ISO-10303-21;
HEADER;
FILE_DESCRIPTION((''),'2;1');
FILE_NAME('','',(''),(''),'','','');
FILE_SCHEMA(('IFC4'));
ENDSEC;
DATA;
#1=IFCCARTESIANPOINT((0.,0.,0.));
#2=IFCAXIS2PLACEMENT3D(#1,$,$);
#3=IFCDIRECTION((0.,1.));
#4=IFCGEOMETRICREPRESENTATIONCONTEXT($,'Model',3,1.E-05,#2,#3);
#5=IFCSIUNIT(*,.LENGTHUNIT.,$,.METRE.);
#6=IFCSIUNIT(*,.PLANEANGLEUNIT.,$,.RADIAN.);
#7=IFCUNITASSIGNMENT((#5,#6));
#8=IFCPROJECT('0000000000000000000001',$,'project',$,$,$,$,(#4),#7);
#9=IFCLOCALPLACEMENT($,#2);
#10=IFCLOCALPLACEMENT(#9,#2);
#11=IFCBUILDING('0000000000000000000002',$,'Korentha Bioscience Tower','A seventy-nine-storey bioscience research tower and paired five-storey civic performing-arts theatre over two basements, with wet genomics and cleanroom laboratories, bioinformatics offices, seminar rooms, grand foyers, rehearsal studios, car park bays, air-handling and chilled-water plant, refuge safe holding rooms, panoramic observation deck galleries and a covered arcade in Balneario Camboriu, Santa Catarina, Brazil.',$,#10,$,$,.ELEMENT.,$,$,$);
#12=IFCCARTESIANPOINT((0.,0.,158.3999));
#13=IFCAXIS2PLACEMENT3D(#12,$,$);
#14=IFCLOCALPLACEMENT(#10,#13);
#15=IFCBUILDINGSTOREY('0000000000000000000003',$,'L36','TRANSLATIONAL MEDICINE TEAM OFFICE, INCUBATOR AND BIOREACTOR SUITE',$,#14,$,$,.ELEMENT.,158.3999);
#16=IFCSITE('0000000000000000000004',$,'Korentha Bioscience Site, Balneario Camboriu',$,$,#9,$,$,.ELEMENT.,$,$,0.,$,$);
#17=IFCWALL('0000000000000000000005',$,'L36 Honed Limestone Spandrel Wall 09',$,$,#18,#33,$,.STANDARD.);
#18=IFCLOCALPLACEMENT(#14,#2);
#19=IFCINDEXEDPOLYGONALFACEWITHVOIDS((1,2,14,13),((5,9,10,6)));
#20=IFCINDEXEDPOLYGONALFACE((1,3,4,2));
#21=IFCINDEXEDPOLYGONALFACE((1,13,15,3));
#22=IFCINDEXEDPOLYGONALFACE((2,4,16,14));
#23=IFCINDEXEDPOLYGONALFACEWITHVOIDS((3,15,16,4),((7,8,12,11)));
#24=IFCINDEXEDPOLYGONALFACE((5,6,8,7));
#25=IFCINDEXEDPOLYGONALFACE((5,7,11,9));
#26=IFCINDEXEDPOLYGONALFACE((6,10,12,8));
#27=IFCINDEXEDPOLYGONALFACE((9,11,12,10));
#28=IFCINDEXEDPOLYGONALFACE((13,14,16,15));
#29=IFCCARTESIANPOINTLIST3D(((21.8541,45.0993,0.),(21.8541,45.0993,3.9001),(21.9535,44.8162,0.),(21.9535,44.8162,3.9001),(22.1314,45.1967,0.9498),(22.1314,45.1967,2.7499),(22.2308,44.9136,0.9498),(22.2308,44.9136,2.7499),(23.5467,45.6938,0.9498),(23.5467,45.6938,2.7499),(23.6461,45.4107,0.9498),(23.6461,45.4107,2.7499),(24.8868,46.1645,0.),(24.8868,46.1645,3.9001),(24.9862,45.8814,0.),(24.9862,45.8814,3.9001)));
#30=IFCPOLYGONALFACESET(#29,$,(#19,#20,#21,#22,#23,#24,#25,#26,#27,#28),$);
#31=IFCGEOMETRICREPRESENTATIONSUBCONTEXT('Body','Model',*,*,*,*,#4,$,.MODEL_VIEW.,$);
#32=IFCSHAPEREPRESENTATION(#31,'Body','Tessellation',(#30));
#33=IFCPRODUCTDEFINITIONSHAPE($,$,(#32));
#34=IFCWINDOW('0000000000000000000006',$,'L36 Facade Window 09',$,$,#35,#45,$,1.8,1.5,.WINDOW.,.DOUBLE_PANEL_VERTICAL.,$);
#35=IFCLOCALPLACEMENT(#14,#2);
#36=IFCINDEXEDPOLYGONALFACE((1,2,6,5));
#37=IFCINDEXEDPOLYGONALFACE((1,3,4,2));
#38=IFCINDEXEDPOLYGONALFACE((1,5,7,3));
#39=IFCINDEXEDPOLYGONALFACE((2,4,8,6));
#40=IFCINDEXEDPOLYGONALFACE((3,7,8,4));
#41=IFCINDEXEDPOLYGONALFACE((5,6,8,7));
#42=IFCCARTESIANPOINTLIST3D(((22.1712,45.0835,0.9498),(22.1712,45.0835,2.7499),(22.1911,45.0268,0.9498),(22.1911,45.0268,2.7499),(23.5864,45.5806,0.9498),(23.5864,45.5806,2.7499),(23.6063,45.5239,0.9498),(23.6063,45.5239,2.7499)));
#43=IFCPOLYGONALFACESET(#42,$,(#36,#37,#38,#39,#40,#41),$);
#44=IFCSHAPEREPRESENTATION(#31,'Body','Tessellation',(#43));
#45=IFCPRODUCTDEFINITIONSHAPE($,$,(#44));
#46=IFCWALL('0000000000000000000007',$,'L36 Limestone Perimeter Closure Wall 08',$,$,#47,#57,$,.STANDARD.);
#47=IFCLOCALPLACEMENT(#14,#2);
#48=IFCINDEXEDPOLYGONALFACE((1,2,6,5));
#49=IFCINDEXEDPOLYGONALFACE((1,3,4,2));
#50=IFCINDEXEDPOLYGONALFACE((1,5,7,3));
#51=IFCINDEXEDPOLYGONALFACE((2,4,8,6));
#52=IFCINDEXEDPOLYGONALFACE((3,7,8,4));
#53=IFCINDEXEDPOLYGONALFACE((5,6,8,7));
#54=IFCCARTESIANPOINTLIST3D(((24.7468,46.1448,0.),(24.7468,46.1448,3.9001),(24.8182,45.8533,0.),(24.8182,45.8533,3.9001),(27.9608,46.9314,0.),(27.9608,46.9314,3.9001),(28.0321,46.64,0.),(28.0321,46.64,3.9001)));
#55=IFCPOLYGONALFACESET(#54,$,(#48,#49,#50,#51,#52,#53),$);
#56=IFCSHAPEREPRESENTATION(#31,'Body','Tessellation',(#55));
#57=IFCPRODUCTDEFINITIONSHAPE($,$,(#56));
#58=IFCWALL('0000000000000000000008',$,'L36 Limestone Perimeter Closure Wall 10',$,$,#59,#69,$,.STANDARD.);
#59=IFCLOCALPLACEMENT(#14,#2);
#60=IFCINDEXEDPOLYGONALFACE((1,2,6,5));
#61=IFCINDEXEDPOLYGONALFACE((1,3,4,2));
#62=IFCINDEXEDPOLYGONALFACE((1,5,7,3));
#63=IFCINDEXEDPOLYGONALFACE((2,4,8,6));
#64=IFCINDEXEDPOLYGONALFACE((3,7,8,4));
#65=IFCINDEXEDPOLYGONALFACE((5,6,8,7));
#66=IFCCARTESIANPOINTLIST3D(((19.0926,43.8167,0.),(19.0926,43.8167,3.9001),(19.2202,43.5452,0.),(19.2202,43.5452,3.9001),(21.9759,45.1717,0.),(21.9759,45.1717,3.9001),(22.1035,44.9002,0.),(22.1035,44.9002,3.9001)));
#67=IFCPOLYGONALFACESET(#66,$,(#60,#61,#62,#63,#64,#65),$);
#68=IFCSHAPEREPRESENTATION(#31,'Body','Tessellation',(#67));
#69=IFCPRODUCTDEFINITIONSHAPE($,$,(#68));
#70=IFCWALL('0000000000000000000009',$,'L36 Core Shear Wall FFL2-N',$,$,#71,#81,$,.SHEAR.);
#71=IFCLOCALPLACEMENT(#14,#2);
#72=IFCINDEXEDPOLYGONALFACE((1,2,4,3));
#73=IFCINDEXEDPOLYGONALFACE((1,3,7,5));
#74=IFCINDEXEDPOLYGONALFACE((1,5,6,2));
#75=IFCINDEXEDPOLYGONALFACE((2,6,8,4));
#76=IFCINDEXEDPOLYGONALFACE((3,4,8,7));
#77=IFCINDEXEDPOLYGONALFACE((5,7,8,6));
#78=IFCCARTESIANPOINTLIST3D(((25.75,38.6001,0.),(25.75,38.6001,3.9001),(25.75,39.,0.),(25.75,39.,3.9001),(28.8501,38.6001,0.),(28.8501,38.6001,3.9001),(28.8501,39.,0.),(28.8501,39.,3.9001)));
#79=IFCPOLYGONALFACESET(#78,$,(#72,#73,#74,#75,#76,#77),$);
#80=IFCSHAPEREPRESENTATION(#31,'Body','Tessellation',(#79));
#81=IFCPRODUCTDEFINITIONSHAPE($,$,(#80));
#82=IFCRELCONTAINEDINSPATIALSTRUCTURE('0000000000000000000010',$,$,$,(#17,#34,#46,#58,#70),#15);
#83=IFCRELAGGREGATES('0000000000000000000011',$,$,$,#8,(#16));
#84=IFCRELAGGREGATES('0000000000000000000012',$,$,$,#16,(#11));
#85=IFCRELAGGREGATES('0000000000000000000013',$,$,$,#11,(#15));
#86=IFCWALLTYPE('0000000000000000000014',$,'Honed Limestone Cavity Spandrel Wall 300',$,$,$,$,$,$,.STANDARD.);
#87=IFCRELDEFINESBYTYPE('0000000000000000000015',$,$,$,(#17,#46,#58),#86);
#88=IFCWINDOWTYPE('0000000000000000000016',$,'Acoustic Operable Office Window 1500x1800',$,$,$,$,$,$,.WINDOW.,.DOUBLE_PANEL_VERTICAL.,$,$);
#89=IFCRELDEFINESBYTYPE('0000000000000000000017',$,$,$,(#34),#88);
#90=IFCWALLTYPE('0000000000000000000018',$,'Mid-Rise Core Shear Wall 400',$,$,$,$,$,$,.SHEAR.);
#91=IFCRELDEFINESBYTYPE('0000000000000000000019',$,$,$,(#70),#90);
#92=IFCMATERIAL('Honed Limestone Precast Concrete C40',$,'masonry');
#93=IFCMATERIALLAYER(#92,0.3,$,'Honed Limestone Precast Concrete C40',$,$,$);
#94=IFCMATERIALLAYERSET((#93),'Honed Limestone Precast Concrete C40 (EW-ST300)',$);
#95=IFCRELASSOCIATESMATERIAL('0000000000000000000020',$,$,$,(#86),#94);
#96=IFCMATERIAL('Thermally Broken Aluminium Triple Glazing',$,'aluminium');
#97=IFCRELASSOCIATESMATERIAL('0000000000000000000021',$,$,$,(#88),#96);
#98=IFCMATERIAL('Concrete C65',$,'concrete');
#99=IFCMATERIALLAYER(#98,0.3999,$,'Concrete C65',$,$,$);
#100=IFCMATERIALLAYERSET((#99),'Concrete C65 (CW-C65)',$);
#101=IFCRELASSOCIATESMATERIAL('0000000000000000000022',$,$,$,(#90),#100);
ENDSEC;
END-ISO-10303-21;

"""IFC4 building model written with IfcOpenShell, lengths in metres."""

from ifc_helpers import new_model, si_unit, direction, frame, frame_2d, origin, place, context, subcontext, project, spatial, rectangle, extrude, material, layer, layer_set, type_object, element, fill, save


model = new_model("IFC4")

# Units and contexts
model_context = context("Model", 3, precision=1e-05, world=origin(), true_north=direction((0.0, 1.0)))
body_context = subcontext(model_context, "Body", "Model", "MODEL_VIEW")
ifc_project = project(units=[si_unit("LENGTHUNIT", "METRE"), si_unit("PLANEANGLEUNIT", "RADIAN")], contexts=[model_context])

# Site, building, storey
site_placement = place(None, origin())
site = spatial("IfcSite", under=ifc_project, at=site_placement, Name="Korentha Bioscience Site, Balneario Camboriu", CompositionType="ELEMENT", RefElevation=0.0)
building_placement = place(site_placement, origin())
building = spatial("IfcBuilding", under=site, at=building_placement, Name="Korentha Bioscience Tower", Description="A seventy-nine-storey bioscience research tower and paired five-storey civic performing-arts theatre over two basements, with wet genomics and cleanroom laboratories, bioinformatics offices, seminar rooms, grand foyers, rehearsal studios, car park bays, air-handling and chilled-water plant, refuge safe holding rooms, panoramic observation deck galleries and a covered arcade in Balneario Camboriu, Santa Catarina, Brazil.", CompositionType="ELEMENT")
storey_placement = place(building_placement, frame((0.0, 0.0, 158.3999)))
storey = spatial("IfcBuildingStorey", under=building, at=storey_placement, Name="L36", Description="TRANSLATIONAL MEDICINE TEAM OFFICE, INCUBATOR AND BIOREACTOR SUITE", CompositionType="ELEMENT", Elevation=158.3999)

# Shared definitions
ifc_material_1 = material(Name="Concrete C65", Category="concrete")

# Wall, opening, window
ifc_material_2 = material(Name="Honed Limestone Precast Concrete C40", Category="masonry")
ifc_layer_1 = layer(ifc_material_2, 0.3, Name="Honed Limestone Precast Concrete C40")
ifc_layer_set_1 = layer_set([ifc_layer_1], Name="Honed Limestone Precast Concrete C40 (EW-ST300)")
wall_type_1 = type_object("IfcWallType", Name="Honed Limestone Cavity Spandrel Wall 300", PredefinedType="STANDARD", material=ifc_layer_set_1)
wall_1_placement = place(storey_placement, frame((24.9365, 46.0229, 0.0), z_axis=(0.0, 0.0, 1.0), x_axis=(-0.943495, -0.331385, 0.0)))
wall_1 = element("IfcWall", 1, at=wall_1_placement, inside=storey, type_object=wall_type_1, Name="L36 Honed Limestone Spandrel Wall 09", PredefinedType="STANDARD", context=body_context, shape_type="SweptSolid", body=[
    extrude(rectangle(XDim=3.2144, YDim=0.3, at=frame_2d((1.6072, 0.0))), origin(), (0.0, 0.0, 1.0), 3.9001),
])
opening_1_placement = place(wall_1_placement, frame((1.4204, 0.0, 0.95)))
opening_1 = element("IfcOpeningElement", 2, at=opening_1_placement, cuts=wall_1, PredefinedType="OPENING", context=body_context, shape_type="SweptSolid", body=[
    extrude(rectangle(XDim=1.5, YDim=1.8, at=frame_2d((0.75, 0.8999))), frame((0.0, 0.165, 0.0), z_axis=(0.0, -1.0, 0.0), x_axis=(1.0, 0.0, 0.0)), (0.0, 0.0, 1.0), 0.3298),
])
ifc_material_3 = material(Name="Thermally Broken Aluminium Triple Glazing", Category="aluminium")
window_type = type_object("IfcWindowType", Name="Acoustic Operable Office Window 1500x1800", PartitioningType="DOUBLE_PANEL_VERTICAL", PredefinedType="WINDOW", material=ifc_material_3)
window_placement = place(opening_1_placement, origin())
window = element("IfcWindow", 3, at=window_placement, inside=storey, type_object=window_type, Name="L36 Facade Window 09", OverallHeight=1.8, OverallWidth=1.5, PartitioningType="DOUBLE_PANEL_VERTICAL", PredefinedType="WINDOW", context=body_context, shape_type="SweptSolid", body=[
    extrude(rectangle(XDim=1.5, YDim=1.8, at=frame_2d((0.75, 0.8999))), frame((0.0, 0.03, 0.0), z_axis=(0.0, -1.0, 0.0), x_axis=(1.0, 0.0, 0.0)), (0.0, 0.0, 1.0), 0.0601),
])
fill(opening_1, window)

# Walls
wall_2_placement = place(storey_placement, frame((27.9963, 46.7856, 0.0), z_axis=(0.0, 0.0, 1.0), x_axis=(-0.971329, -0.237741, 0.0)))
element("IfcWall", 4, at=wall_2_placement, inside=storey, type_object=wall_type_1, Name="L36 Limestone Perimeter Closure Wall 08", PredefinedType="STANDARD", context=body_context, shape_type="SweptSolid", body=[
    extrude(rectangle(XDim=3.3088, YDim=0.3, at=frame_2d((1.6543, 0.0))), origin(), (0.0, 0.0, 1.0), 3.9001),
])
wall_3_placement = place(storey_placement, frame((22.0396, 45.0359, 0.0), z_axis=(0.0, 0.0, 1.0), x_axis=(-0.905044, -0.425317, 0.0)))
element("IfcWall", 5, at=wall_3_placement, inside=storey, type_object=wall_type_1, Name="L36 Limestone Perimeter Closure Wall 10", PredefinedType="STANDARD", context=body_context, shape_type="SweptSolid", body=[
    extrude(rectangle(XDim=3.1858, YDim=0.3, at=frame_2d((1.5928, 0.0))), origin(), (0.0, 0.0, 1.0), 3.9001),
])
ifc_layer_2 = layer(ifc_material_1, 0.3999, Name="Concrete C65")
ifc_layer_set_2 = layer_set([ifc_layer_2], Name="Concrete C65 (CW-C65)")
wall_type_2 = type_object("IfcWallType", Name="Mid-Rise Core Shear Wall 400", PredefinedType="SHEAR", material=ifc_layer_set_2)
wall_4_placement = place(storey_placement, frame((25.75, 38.8, 0.0), z_axis=(0.0, 0.0, 1.0), x_axis=(1.0, 0.0, 0.0)))
element("IfcWall", 6, at=wall_4_placement, inside=storey, type_object=wall_type_2, Name="L36 Core Shear Wall FFL2-N", PredefinedType="SHEAR", context=body_context, shape_type="SweptSolid", body=[
    extrude(rectangle(XDim=3.1001, YDim=0.3999, at=frame_2d((1.55, 0.0))), origin(), (0.0, 0.0, 1.0), 3.9001),
])

save(model, "model.ifc")
